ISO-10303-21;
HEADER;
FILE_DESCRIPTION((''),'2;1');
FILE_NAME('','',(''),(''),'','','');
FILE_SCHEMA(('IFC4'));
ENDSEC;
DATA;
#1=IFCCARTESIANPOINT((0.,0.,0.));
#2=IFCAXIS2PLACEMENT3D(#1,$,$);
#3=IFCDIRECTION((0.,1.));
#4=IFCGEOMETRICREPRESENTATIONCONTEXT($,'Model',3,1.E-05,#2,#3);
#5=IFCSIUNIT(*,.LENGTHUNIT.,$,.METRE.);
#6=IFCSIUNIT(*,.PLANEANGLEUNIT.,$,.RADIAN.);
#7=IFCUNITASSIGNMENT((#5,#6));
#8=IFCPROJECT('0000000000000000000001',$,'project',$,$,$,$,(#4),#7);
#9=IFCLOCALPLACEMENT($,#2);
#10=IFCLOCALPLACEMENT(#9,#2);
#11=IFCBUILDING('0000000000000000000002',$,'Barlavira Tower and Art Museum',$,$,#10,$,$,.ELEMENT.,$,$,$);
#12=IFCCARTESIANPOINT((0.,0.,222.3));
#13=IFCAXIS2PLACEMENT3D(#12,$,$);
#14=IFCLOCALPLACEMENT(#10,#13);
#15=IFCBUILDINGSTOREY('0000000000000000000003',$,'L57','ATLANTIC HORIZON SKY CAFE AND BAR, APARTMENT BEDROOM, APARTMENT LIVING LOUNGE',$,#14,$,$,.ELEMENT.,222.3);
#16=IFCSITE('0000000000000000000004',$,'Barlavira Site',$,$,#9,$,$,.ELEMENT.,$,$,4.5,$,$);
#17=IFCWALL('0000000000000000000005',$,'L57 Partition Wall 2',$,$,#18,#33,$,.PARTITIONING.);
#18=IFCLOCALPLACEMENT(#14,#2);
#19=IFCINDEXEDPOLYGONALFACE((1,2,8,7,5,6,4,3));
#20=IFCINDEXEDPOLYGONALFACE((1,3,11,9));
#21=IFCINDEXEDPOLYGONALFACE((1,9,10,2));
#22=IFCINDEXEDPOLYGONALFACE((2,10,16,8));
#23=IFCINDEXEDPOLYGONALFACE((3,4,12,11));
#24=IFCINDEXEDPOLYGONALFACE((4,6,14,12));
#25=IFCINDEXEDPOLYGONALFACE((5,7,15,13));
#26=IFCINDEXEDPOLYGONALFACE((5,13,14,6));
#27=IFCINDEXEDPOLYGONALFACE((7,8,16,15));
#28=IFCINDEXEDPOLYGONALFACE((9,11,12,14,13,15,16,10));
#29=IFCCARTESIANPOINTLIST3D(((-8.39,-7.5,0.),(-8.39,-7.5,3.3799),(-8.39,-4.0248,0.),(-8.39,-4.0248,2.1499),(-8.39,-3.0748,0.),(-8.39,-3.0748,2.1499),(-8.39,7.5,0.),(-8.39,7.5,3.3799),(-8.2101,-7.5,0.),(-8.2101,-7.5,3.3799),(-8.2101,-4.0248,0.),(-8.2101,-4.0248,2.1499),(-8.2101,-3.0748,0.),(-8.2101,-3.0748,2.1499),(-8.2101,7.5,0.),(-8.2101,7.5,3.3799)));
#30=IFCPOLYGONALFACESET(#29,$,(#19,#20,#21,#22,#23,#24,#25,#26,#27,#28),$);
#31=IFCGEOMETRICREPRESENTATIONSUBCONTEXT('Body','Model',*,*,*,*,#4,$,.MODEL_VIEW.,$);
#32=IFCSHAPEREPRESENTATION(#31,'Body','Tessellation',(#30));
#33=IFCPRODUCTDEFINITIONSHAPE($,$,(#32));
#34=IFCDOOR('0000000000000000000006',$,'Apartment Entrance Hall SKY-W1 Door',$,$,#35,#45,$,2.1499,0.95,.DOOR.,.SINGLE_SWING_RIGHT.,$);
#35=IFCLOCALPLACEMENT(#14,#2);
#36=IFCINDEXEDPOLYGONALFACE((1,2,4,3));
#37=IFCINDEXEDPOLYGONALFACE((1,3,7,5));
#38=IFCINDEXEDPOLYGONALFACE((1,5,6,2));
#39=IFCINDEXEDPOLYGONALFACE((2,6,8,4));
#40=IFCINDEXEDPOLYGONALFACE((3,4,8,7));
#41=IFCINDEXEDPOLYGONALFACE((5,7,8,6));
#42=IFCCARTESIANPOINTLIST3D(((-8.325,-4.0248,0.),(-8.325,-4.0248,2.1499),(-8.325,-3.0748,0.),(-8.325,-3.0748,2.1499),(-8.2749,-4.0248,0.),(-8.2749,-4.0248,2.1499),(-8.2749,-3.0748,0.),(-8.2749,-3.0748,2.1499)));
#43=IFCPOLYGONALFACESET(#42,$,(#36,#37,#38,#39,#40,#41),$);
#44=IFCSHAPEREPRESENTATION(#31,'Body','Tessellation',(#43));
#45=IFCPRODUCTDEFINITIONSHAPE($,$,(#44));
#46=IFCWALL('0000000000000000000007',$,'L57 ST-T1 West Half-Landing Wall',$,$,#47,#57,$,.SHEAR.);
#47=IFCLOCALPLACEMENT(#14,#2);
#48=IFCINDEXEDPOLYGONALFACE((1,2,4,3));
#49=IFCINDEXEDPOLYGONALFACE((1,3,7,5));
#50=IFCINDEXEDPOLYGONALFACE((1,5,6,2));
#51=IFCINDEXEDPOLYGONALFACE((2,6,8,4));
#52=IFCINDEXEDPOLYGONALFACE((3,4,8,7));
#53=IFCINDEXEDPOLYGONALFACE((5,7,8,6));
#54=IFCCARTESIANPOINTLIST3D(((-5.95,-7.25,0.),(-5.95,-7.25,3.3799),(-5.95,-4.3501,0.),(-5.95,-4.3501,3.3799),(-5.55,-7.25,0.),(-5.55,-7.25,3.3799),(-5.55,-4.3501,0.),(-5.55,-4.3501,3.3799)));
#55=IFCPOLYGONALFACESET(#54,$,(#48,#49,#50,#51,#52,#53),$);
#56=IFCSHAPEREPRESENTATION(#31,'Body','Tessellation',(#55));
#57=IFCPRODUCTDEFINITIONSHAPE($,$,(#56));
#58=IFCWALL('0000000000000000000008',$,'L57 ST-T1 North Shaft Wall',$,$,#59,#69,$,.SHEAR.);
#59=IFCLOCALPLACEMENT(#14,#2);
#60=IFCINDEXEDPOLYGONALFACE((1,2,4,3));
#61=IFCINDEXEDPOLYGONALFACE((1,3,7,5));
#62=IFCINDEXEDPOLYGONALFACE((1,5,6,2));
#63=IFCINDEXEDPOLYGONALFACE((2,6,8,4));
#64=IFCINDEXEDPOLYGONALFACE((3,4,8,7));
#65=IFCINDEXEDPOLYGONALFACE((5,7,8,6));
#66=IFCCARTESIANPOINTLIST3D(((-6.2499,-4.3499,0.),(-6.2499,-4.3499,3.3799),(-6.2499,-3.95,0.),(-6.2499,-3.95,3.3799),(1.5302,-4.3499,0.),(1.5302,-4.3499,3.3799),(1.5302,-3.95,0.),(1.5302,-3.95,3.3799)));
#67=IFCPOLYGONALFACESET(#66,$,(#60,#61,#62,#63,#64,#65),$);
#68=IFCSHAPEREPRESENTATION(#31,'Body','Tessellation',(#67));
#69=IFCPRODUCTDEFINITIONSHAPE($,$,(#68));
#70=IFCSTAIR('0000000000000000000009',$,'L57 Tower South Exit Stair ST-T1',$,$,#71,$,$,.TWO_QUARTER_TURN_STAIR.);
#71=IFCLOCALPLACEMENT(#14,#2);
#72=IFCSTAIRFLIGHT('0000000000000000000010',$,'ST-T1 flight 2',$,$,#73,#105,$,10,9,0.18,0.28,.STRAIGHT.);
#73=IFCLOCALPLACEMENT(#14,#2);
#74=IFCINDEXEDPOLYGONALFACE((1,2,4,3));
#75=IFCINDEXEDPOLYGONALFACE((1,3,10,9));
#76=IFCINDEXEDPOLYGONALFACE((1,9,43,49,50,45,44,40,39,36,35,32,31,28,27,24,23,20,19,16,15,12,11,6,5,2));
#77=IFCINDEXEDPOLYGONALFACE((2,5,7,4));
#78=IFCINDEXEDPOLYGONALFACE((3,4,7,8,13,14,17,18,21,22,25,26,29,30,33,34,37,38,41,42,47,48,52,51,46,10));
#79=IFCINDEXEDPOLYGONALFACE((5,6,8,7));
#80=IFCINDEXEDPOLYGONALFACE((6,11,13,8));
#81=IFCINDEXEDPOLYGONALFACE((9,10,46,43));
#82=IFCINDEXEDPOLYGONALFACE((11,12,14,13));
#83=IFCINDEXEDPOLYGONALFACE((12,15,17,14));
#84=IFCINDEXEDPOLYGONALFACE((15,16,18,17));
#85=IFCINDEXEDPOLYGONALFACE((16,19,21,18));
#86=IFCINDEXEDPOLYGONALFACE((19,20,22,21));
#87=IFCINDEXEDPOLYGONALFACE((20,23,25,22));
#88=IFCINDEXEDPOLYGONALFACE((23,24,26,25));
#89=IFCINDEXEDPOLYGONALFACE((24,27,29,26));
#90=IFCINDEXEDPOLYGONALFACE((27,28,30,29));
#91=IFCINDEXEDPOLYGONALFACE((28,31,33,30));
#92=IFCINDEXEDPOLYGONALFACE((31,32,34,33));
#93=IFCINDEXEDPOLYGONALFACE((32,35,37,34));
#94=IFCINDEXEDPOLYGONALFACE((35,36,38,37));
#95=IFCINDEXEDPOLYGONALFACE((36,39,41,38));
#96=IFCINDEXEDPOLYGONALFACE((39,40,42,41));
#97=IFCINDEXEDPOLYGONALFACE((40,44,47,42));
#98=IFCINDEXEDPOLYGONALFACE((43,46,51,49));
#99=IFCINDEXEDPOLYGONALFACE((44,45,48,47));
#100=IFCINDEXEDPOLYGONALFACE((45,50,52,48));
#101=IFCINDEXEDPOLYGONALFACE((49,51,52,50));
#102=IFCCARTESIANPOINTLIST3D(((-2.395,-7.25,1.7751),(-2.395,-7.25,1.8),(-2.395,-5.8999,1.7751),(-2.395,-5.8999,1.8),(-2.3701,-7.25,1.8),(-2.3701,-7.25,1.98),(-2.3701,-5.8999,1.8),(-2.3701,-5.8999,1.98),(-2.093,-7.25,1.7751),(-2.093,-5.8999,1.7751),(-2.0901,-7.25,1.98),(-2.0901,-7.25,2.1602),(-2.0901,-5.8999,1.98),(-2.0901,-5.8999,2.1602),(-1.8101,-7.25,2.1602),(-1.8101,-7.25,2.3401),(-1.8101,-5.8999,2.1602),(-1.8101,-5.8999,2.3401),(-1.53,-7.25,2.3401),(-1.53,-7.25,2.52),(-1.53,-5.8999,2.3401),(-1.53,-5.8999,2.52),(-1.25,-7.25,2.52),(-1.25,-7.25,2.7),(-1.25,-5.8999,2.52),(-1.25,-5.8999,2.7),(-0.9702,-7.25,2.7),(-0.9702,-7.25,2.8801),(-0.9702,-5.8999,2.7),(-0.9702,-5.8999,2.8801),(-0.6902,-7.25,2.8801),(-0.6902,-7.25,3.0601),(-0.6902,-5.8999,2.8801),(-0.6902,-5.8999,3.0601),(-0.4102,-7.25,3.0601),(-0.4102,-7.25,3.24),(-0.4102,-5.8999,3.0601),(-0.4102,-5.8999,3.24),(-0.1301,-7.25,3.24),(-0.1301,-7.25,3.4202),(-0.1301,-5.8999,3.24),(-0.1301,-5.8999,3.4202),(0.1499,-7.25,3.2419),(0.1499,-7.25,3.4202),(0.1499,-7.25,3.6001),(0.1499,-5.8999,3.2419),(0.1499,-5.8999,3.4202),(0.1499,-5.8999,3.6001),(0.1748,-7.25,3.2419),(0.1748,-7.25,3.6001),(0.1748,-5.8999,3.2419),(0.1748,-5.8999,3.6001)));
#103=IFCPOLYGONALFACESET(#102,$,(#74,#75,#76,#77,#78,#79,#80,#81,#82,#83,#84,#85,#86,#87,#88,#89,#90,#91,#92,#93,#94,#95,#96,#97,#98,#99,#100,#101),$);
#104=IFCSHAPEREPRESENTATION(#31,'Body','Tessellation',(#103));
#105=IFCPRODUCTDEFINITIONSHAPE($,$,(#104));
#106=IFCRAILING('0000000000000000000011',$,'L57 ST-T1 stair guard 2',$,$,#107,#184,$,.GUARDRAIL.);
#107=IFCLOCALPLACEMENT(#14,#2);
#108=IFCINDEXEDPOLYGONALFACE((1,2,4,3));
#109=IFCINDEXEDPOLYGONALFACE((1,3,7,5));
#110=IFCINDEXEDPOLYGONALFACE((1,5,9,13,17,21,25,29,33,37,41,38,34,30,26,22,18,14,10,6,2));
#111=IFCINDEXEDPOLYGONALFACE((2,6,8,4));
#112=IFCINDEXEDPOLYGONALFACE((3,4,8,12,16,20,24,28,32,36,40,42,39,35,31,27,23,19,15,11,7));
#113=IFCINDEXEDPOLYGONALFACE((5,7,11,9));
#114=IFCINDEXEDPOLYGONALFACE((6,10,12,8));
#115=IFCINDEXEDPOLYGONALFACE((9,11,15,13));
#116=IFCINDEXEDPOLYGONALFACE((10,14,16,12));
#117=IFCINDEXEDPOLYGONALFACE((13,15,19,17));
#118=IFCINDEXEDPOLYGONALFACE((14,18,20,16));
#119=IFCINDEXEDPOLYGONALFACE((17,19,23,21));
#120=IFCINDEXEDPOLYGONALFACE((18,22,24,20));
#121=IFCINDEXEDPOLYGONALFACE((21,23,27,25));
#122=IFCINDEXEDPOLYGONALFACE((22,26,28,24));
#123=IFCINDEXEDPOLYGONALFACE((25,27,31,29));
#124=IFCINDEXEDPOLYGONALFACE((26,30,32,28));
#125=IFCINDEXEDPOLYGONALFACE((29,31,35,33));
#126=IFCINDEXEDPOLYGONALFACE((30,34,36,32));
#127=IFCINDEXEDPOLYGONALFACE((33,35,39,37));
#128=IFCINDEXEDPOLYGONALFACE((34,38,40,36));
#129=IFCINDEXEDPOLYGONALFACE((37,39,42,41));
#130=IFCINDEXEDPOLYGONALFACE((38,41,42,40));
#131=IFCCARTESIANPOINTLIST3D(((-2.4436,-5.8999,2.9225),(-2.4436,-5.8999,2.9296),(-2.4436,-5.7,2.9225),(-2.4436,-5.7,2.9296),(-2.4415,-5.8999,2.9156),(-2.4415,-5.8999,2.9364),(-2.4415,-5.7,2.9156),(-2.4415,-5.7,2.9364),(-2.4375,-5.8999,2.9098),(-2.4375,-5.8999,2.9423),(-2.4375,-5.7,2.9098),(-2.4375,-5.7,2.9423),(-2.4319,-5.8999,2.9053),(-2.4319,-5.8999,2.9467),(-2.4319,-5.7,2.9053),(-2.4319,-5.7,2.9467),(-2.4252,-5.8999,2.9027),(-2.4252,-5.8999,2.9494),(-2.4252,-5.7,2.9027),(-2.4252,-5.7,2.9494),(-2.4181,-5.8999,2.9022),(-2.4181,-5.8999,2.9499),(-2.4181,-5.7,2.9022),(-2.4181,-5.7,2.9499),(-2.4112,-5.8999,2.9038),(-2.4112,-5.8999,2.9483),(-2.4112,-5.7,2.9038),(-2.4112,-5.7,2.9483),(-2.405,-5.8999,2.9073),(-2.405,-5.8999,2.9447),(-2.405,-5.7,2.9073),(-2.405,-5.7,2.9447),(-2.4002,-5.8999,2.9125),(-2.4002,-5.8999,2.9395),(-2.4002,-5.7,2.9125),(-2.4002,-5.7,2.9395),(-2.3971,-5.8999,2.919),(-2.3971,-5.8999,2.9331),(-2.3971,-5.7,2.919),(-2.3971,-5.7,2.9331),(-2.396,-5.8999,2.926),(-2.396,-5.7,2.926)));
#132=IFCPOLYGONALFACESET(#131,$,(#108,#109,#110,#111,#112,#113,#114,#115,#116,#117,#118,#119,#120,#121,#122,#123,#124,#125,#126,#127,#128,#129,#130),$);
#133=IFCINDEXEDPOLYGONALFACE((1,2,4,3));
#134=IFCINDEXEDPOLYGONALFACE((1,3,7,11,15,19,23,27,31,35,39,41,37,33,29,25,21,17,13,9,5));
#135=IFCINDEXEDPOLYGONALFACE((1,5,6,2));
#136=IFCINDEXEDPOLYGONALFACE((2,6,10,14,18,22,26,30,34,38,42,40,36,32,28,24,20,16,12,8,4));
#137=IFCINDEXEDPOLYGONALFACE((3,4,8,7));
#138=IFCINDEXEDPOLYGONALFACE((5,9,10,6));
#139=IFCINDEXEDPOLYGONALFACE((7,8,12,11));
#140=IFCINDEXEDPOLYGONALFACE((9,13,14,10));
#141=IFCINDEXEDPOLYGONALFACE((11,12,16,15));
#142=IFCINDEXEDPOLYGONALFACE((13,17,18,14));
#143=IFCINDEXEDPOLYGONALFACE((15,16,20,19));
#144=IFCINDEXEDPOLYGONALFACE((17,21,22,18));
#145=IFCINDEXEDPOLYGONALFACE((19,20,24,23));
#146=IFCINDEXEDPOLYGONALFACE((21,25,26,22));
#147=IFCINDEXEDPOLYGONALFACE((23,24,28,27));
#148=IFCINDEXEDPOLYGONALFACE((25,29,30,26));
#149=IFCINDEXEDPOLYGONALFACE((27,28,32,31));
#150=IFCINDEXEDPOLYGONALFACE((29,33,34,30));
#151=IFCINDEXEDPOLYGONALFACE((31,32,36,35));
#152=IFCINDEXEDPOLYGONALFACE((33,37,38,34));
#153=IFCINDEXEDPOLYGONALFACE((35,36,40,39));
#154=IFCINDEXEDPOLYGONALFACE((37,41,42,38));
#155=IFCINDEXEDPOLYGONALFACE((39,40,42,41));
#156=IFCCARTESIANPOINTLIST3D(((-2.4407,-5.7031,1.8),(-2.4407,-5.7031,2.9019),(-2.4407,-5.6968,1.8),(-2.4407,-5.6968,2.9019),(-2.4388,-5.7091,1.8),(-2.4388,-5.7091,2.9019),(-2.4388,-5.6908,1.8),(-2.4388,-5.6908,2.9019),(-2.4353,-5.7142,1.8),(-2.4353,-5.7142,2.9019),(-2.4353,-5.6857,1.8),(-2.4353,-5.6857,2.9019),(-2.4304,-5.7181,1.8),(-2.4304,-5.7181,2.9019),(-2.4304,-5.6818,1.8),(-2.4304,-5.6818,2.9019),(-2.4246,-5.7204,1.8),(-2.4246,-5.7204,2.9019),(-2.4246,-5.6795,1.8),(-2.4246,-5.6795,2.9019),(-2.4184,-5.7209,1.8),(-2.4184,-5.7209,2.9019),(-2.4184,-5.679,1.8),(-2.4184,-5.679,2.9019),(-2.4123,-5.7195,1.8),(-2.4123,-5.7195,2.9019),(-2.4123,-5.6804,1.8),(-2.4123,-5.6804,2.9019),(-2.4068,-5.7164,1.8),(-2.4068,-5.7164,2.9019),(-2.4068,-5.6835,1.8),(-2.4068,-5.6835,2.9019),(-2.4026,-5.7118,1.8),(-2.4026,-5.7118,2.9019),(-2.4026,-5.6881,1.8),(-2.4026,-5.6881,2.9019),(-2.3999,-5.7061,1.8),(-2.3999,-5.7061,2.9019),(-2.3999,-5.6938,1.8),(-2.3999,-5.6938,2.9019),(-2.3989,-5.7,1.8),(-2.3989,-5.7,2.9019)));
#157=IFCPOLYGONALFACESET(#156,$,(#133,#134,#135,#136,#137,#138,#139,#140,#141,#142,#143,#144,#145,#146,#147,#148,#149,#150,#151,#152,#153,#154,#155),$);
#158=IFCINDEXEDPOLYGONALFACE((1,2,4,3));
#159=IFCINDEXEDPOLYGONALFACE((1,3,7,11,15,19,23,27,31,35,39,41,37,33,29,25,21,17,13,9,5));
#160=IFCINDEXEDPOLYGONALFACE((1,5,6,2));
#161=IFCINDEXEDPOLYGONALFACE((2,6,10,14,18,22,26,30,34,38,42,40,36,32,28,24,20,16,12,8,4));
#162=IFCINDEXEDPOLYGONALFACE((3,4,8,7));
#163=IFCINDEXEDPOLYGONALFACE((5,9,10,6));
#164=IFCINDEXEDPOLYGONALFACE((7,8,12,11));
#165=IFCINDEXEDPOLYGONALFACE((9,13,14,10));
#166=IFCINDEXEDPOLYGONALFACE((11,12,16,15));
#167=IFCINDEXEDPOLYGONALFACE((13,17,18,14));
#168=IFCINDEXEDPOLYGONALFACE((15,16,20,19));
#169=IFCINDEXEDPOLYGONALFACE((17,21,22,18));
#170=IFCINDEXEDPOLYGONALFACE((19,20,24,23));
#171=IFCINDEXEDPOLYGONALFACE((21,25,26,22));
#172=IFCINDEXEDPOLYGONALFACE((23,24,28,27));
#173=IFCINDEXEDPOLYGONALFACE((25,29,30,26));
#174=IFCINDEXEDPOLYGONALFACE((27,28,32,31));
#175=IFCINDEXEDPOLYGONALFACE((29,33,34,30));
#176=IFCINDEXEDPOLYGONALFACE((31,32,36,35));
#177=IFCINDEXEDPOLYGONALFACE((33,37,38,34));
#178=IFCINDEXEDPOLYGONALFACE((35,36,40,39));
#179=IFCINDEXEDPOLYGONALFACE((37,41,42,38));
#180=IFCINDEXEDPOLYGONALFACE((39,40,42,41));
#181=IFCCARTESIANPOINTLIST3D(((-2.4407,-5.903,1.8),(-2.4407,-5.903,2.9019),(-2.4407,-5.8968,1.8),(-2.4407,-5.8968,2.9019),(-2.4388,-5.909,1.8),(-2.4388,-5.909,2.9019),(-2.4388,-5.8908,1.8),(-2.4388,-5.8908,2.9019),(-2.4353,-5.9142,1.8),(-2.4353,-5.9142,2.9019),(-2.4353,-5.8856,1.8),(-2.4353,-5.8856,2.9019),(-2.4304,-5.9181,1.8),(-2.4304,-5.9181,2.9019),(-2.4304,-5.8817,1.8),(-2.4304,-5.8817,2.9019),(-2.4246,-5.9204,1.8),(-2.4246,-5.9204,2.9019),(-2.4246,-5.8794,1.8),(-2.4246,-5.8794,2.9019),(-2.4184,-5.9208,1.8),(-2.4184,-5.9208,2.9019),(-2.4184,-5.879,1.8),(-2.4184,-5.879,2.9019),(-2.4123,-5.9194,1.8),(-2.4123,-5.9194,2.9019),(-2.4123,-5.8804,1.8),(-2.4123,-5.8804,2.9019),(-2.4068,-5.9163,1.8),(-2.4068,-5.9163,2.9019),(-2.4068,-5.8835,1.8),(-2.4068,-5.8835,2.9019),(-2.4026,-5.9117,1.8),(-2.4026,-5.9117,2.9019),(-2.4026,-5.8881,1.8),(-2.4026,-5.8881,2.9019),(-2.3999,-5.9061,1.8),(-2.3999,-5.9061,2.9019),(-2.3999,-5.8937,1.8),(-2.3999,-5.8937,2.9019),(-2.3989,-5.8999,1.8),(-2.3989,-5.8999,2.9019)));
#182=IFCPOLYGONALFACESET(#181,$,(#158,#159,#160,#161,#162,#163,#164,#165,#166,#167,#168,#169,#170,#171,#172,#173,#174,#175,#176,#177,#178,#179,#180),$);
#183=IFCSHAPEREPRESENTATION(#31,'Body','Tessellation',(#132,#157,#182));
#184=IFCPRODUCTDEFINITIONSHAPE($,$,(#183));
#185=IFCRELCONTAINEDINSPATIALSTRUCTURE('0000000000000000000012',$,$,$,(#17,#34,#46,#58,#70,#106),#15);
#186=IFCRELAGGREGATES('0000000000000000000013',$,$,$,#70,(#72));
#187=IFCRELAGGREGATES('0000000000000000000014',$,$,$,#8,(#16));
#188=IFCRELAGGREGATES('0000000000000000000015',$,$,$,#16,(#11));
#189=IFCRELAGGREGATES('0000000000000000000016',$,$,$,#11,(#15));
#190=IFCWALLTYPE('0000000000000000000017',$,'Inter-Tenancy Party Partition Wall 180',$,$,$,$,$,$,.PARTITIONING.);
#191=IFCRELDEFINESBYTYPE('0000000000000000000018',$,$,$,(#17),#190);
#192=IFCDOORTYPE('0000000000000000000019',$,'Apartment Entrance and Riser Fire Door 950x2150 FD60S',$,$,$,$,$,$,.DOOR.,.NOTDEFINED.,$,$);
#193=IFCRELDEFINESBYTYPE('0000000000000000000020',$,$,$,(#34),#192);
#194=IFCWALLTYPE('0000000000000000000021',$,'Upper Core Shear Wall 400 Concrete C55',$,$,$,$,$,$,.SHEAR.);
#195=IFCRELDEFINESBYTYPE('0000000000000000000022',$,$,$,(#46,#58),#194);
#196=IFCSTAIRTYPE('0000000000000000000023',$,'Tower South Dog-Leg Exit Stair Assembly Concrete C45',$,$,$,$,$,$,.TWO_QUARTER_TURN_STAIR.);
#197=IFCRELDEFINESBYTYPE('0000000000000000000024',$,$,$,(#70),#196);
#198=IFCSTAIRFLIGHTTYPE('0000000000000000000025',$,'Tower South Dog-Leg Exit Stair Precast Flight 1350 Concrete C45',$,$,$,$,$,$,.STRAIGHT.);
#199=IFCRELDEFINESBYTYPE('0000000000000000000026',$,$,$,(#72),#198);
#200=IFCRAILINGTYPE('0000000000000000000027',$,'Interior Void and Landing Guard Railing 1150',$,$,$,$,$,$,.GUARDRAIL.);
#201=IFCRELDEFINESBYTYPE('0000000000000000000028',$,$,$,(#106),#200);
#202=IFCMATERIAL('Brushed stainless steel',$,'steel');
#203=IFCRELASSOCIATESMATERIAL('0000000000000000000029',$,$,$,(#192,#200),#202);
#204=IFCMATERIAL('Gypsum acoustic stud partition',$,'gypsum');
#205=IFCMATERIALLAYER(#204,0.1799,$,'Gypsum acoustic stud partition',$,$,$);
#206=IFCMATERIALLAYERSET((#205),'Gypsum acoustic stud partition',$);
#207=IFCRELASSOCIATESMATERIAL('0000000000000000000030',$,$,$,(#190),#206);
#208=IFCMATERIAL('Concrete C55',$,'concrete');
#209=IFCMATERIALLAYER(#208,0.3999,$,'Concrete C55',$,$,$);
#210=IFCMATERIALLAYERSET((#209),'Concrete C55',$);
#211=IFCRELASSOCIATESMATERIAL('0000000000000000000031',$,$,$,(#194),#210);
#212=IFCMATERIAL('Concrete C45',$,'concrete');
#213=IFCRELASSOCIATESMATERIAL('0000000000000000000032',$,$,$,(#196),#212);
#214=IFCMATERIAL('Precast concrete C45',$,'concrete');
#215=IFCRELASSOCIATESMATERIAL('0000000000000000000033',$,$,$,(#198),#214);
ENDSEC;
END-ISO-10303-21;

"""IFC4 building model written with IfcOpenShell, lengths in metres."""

from ifc_helpers import new_model, si_unit, direction, frame, frame_2d, origin, origin_2d, place, context, subcontext, project, spatial, polyline, rectangle, circle, outline, extrude, material, layer, layer_set, type_object, element, fill, aggregate, save


model = new_model("IFC4")

# Units and contexts
model_context = context("Model", 3, precision=1e-05, world=origin(), true_north=direction((0.0, 1.0)))
body_context = subcontext(model_context, "Body", "Model", "MODEL_VIEW")
ifc_project = project(units=[si_unit("LENGTHUNIT", "METRE"), si_unit("PLANEANGLEUNIT", "RADIAN")], contexts=[model_context])

# Site, building, storey
site_placement = place(None, origin())
site = spatial("IfcSite", under=ifc_project, at=site_placement, Name="Barlavira Site", CompositionType="ELEMENT", RefElevation=4.5)
building_placement = place(site_placement, origin())
building = spatial("IfcBuilding", under=site, at=building_placement, Name="Barlavira Tower and Art Museum", CompositionType="ELEMENT")
storey_placement = place(building_placement, frame((0.0, 0.0, 222.3)))
storey = spatial("IfcBuildingStorey", under=building, at=storey_placement, Name="L57", Description="ATLANTIC HORIZON SKY CAFE AND BAR, APARTMENT BEDROOM, APARTMENT LIVING LOUNGE", CompositionType="ELEMENT", Elevation=222.3)

# Shared definitions
ifc_material_1 = material(Name="Brushed stainless steel", Category="steel")
door_type = type_object("IfcDoorType", Name="Apartment Entrance and Riser Fire Door 950x2150 FD60S", OperationType="NOTDEFINED", PredefinedType="DOOR", material=ifc_material_1)

# Wall, opening, door
ifc_material_2 = material(Name="Gypsum acoustic stud partition", Category="gypsum")
ifc_layer_1 = layer(ifc_material_2, 0.1799, Name="Gypsum acoustic stud partition")
ifc_layer_set_1 = layer_set([ifc_layer_1], Name="Gypsum acoustic stud partition")
wall_type_1 = type_object("IfcWallType", Name="Inter-Tenancy Party Partition Wall 180", PredefinedType="PARTITIONING", material=ifc_layer_set_1)
wall_1_placement = place(storey_placement, frame((-8.3, -7.5, 0.0), z_axis=(0.0, 0.0, 1.0), x_axis=(0.0, 1.0, 0.0)))
wall_1 = element("IfcWall", 1, at=wall_1_placement, inside=storey, type_object=wall_type_1, Name="L57 Partition Wall 2", PredefinedType="PARTITIONING", context=body_context, shape_type="SweptSolid", body=[
    extrude(rectangle(XDim=15.0, YDim=0.1799, at=frame_2d((7.5, 0.0))), origin(), (0.0, 0.0, 1.0), 3.3799),
])
opening_1_placement = place(wall_1_placement, frame((3.4751, 0.0, 0.0)))
opening_1 = element("IfcOpeningElement", 2, at=opening_1_placement, cuts=wall_1, PredefinedType="OPENING", context=body_context, shape_type="SweptSolid", body=[
    extrude(rectangle(XDim=0.95, YDim=2.1499, at=frame_2d((0.4751, 1.075))), frame((0.0, 0.1001, 0.0), z_axis=(0.0, -1.0, 0.0), x_axis=(1.0, 0.0, 0.0)), (0.0, 0.0, 1.0), 0.2),
])
door_1_placement = place(opening_1_placement, origin())
door_1 = element("IfcDoor", 3, at=door_1_placement, inside=storey, type_object=door_type, Name="Apartment Entrance Hall SKY-W1 Door", OperationType="SINGLE_SWING_RIGHT", OverallHeight=2.1499, OverallWidth=0.95, PredefinedType="DOOR", context=body_context, shape_type="SweptSolid", body=[
    extrude(rectangle(XDim=0.95, YDim=2.1499, at=frame_2d((0.4751, 1.075))), frame((0.0, 0.0249, 0.0), z_axis=(0.0, -1.0, 0.0), x_axis=(1.0, 0.0, 0.0)), (0.0, 0.0, 1.0), 0.05),
])
fill(opening_1, door_1)

# Walls
ifc_material_3 = material(Name="Concrete C55", Category="concrete")
ifc_layer_2 = layer(ifc_material_3, 0.3999, Name="Concrete C55")
ifc_layer_set_2 = layer_set([ifc_layer_2], Name="Concrete C55")
wall_type_2 = type_object("IfcWallType", Name="Upper Core Shear Wall 400 Concrete C55", PredefinedType="SHEAR", material=ifc_layer_set_2)
wall_2_placement = place(storey_placement, frame((-5.75, -7.25, 0.0), z_axis=(0.0, 0.0, 1.0), x_axis=(0.0, 1.0, 0.0)))
element("IfcWall", 4, at=wall_2_placement, inside=storey, type_object=wall_type_2, Name="L57 ST-T1 West Half-Landing Wall", PredefinedType="SHEAR", context=body_context, shape_type="SweptSolid", body=[
    extrude(rectangle(XDim=2.8999, YDim=0.3999, at=frame_2d((1.45, 0.0))), origin(), (0.0, 0.0, 1.0), 3.3799),
])
wall_3_placement = place(storey_placement, frame((-6.25, -4.1499, 0.0), z_axis=(0.0, 0.0, 1.0), x_axis=(1.0, 0.0, 0.0)))
element("IfcWall", 5, at=wall_3_placement, inside=storey, type_object=wall_type_2, Name="L57 ST-T1 North Shaft Wall", PredefinedType="SHEAR", context=body_context, shape_type="SweptSolid", body=[
    extrude(rectangle(XDim=7.78, YDim=0.3999, at=frame_2d((3.8901, 0.0))), origin(), (0.0, 0.0, 1.0), 3.3799),
])

# Stair, stair flight
ifc_material_4 = material(Name="Concrete C45", Category="concrete")
stair_type = type_object("IfcStairType", Name="Tower South Dog-Leg Exit Stair Assembly Concrete C45", PredefinedType="TWO_QUARTER_TURN_STAIR", material=ifc_material_4)
stair_placement = place(storey_placement, origin())
stair = element("IfcStair", 6, at=stair_placement, inside=storey, type_object=stair_type, Name="L57 Tower South Exit Stair ST-T1", PredefinedType="TWO_QUARTER_TURN_STAIR")
ifc_material_5 = material(Name="Precast concrete C45", Category="concrete")
stair_flight_type = type_object("IfcStairFlightType", Name="Tower South Dog-Leg Exit Stair Precast Flight 1350 Concrete C45", PredefinedType="STRAIGHT", material=ifc_material_5)
stair_flight_placement = place(storey_placement, frame((-2.3701, -6.575, 1.8), z_axis=(0.0, 0.0, 1.0), x_axis=(1.0, 0.0, 0.0)))
stair_flight = element("IfcStairFlight", 7, at=stair_flight_placement, type_object=stair_flight_type, Name="ST-T1 flight 2", NumberOfRisers=10, NumberOfTreads=9, PredefinedType="STRAIGHT", RiserHeight=0.18, TreadLength=0.28, context=body_context, shape_type="SweptSolid", body=[
    extrude(outline(polyline([(-0.0249, 0.0), (0.0, 0.0), (0.0, 0.1799), (0.28, 0.1799), (0.28, 0.3601), (0.5601, 0.3601), (0.5601, 0.54), (0.8401, 0.54), (0.8401, 0.72), (1.1201, 0.72), (1.1201, 0.8999), (1.3999, 0.8999), (1.3999, 1.0801), (1.6799, 1.0801), (1.6799, 1.26), (1.96, 1.26), (1.96, 1.4399), (2.24, 1.4399), (2.24, 1.6201), (2.52, 1.6201), (2.52, 1.8), (2.5449, 1.8), (2.5449, 1.4419), (2.52, 1.4419), (0.2771, -0.0249), (-0.0249, -0.0249), (-0.0249, 0.0)])), frame((0.0, 0.675, 0.0), z_axis=(0.0, -1.0, 0.0), x_axis=(1.0, 0.0, 0.0)), (0.0, 0.0, 1.0), 1.3501),
])
aggregate(stair, [stair_flight])

# Railing
railing_type_1 = type_object("IfcRailingType", Name="Interior Void and Landing Guard Railing 1150", PredefinedType="GUARDRAIL", material=ifc_material_1)
railing_1_placement = place(storey_placement, frame((-2.4199, -5.7, 1.8)))
element("IfcRailing", 8, at=railing_1_placement, inside=storey, type_object=railing_type_1, Name="L57 ST-T1 stair guard 2", PredefinedType="GUARDRAIL", context=body_context, shape_type="SweptSolid", body=[
    extrude(circle(Radius=0.0239, at=origin_2d()), frame((0.0, 0.0, 1.126), z_axis=(0.0, -1.0, 0.0), x_axis=(1.0, 0.0, 0.0)), (0.0, 0.0, 1.0), 0.2),
    extrude(circle(Radius=0.021, at=origin_2d()), origin(), (0.0, 0.0, 1.0), 1.1018),
    extrude(circle(Radius=0.021, at=origin_2d()), frame((0.0, -0.2, 0.0)), (0.0, 0.0, 1.0), 1.1018),
])

save(model, "model.ifc")
